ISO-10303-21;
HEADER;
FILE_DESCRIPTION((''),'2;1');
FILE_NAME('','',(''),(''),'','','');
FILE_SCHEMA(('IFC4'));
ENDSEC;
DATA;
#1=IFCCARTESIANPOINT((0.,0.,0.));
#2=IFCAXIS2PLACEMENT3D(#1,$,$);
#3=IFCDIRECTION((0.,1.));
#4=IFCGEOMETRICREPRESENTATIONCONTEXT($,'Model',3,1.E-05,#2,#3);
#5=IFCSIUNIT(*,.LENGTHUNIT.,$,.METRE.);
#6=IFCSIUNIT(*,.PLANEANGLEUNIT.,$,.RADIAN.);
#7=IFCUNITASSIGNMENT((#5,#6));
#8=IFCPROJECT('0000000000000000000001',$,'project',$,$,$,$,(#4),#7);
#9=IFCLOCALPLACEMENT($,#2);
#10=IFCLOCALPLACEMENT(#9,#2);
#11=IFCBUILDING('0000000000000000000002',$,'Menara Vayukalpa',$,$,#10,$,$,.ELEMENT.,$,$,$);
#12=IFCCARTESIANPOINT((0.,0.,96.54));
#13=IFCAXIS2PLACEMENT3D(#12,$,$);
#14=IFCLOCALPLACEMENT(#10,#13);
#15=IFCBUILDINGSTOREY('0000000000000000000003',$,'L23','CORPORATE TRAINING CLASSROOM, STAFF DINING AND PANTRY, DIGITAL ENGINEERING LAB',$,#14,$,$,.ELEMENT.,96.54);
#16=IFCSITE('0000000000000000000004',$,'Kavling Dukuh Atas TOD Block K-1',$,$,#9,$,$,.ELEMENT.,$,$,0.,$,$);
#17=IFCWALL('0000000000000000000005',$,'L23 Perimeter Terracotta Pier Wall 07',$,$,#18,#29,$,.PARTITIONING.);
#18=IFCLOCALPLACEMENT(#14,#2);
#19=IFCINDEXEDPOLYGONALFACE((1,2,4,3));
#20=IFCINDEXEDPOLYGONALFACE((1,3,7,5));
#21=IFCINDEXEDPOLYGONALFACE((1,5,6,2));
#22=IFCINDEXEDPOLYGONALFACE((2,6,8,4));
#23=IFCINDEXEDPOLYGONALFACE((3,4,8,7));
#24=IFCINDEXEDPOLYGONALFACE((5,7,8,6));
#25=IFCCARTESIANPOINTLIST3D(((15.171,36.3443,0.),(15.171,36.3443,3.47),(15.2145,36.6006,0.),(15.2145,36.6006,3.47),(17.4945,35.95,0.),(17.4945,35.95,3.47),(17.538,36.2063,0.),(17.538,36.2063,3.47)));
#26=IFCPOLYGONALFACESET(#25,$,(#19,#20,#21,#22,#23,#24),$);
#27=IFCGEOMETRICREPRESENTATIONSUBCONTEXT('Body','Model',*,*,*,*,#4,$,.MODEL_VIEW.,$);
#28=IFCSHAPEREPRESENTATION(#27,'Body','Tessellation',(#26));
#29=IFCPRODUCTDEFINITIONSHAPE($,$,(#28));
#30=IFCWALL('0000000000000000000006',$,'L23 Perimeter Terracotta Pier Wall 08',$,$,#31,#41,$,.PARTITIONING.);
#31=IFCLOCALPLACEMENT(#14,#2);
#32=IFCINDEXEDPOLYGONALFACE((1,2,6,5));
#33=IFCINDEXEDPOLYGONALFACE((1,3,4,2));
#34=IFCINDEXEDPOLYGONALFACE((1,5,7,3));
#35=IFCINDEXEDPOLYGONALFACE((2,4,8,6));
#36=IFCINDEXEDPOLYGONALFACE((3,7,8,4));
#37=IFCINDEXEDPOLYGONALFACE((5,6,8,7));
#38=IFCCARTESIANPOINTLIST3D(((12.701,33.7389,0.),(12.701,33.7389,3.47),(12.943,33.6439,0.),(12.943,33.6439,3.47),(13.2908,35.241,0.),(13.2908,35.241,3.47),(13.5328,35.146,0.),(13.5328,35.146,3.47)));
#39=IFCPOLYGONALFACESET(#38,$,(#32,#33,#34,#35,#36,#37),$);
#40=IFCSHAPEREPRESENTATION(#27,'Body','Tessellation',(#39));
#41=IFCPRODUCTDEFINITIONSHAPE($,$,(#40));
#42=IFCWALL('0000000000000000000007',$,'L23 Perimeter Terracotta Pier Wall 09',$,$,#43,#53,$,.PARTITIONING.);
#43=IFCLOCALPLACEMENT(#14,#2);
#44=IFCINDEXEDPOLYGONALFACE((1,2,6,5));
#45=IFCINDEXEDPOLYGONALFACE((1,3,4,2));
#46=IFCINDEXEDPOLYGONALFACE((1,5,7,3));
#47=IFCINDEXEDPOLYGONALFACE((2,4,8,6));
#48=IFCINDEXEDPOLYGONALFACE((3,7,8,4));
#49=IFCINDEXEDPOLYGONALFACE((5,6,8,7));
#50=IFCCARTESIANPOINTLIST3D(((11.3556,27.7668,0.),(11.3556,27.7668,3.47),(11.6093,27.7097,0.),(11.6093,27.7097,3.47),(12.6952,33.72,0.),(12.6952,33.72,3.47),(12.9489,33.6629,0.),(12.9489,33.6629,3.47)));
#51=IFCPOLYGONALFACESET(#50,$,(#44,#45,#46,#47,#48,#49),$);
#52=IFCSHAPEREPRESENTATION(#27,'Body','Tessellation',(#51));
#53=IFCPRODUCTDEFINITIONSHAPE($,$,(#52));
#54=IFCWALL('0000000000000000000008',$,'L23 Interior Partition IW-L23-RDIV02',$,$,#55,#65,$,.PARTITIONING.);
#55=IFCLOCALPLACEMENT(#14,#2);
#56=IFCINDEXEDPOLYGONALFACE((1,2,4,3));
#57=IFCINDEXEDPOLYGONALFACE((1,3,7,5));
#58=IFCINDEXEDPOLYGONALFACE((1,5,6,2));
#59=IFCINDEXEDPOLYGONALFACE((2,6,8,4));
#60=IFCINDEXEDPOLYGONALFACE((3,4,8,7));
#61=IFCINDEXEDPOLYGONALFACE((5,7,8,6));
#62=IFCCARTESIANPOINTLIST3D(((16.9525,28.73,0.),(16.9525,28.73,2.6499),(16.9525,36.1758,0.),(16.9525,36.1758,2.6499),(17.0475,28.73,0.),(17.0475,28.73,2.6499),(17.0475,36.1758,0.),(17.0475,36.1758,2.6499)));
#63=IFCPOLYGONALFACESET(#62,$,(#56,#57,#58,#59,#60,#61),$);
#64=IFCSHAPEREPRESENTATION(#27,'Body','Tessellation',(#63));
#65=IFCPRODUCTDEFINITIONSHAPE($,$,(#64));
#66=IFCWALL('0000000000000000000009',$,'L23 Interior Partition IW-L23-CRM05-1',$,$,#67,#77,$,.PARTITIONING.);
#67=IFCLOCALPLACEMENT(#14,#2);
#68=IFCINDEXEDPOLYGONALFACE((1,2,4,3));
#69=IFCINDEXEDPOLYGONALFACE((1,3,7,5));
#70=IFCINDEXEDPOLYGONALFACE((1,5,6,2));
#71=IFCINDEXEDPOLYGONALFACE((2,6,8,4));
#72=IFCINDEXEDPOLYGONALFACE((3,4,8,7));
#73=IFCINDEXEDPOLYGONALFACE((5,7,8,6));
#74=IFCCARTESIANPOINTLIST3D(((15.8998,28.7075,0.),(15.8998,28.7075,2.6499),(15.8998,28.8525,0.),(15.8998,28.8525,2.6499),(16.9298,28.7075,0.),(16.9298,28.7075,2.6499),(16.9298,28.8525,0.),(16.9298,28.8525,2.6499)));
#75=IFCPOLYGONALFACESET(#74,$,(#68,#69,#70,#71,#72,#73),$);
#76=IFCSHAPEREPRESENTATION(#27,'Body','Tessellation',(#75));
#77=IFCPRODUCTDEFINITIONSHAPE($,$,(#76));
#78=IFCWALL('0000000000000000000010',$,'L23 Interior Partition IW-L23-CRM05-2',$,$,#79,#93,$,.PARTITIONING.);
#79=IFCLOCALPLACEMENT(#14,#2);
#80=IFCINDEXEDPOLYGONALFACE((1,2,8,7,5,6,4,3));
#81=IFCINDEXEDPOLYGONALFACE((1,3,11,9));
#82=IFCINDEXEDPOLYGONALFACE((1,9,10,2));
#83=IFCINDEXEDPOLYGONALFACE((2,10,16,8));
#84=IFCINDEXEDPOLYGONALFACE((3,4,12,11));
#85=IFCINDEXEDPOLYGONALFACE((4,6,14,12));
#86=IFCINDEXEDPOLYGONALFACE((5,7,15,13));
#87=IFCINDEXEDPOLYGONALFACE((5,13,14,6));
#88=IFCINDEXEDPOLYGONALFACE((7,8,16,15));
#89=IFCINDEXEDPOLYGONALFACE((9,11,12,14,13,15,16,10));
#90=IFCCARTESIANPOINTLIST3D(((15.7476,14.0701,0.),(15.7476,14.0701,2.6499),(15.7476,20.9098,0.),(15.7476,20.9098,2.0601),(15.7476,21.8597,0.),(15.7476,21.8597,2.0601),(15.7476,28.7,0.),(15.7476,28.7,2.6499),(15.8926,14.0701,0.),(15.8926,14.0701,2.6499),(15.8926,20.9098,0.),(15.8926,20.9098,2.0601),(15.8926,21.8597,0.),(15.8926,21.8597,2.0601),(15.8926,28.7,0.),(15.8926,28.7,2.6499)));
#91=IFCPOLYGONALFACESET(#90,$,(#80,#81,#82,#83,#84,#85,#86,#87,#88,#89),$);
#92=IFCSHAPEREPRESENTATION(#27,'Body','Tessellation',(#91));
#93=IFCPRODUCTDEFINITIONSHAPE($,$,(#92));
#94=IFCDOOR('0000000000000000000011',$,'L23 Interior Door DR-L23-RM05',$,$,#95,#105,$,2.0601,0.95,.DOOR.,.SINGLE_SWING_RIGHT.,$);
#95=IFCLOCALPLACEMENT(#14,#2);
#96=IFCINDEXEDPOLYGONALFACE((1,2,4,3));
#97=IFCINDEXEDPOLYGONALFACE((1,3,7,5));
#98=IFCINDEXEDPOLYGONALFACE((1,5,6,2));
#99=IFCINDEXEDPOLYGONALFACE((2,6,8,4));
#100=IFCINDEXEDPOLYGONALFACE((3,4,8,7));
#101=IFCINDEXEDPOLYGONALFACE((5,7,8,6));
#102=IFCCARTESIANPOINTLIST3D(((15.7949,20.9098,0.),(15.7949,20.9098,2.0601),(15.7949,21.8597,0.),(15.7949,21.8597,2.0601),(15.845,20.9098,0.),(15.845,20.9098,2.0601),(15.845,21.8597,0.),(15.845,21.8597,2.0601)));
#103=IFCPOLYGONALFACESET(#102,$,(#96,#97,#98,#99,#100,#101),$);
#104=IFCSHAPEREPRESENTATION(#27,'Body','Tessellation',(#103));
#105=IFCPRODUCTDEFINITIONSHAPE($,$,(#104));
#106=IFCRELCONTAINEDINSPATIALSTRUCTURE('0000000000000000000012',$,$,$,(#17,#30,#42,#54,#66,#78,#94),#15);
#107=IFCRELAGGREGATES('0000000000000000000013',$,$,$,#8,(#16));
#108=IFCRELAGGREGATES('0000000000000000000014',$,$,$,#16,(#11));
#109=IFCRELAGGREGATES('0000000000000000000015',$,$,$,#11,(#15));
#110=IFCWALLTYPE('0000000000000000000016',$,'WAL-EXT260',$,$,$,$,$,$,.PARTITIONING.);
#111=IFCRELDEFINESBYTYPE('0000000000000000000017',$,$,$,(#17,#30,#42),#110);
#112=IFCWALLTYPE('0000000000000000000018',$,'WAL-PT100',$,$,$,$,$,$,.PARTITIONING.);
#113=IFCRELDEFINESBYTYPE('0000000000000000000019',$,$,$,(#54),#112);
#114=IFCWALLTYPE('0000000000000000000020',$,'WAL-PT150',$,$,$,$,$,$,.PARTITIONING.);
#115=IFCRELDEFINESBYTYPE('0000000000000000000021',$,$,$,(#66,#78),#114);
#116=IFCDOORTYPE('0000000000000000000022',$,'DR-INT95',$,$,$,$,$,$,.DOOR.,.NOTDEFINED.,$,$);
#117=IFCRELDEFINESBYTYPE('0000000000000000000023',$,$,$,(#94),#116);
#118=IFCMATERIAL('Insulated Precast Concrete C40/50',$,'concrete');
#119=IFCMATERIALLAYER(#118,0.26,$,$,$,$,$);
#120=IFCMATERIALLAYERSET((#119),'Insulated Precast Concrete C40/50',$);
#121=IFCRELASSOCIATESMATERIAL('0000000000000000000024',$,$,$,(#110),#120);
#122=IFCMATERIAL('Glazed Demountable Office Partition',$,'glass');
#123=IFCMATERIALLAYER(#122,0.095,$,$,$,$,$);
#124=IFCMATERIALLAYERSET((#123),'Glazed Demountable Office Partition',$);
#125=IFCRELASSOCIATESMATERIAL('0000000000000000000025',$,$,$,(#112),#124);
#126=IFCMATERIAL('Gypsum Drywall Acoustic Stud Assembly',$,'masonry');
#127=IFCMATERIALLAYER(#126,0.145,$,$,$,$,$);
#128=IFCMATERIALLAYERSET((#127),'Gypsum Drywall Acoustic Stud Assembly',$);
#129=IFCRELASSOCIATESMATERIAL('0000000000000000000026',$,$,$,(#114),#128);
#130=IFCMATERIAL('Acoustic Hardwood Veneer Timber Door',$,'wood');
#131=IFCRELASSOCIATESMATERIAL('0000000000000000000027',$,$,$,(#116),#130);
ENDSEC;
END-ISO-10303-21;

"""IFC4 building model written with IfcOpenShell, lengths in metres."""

from ifc_helpers import new_model, si_unit, direction, frame, frame_2d, origin, place, context, subcontext, project, spatial, rectangle, extrude, material, layer, layer_set, type_object, element, fill, save


model = new_model("IFC4")

# Units and contexts
model_context = context("Model", 3, precision=1e-05, world=origin(), true_north=direction((0.0, 1.0)))
body_context = subcontext(model_context, "Body", "Model", "MODEL_VIEW")
ifc_project = project(units=[si_unit("LENGTHUNIT", "METRE"), si_unit("PLANEANGLEUNIT", "RADIAN")], contexts=[model_context])

# Site, building, storey
site_placement = place(None, origin())
site = spatial("IfcSite", under=ifc_project, at=site_placement, Name="Kavling Dukuh Atas TOD Block K-1", CompositionType="ELEMENT", RefElevation=0.0)
building_placement = place(site_placement, origin())
building = spatial("IfcBuilding", under=site, at=building_placement, Name="Menara Vayukalpa", CompositionType="ELEMENT")
storey_placement = place(building_placement, frame((0.0, 0.0, 96.54)))
storey = spatial("IfcBuildingStorey", under=building, at=storey_placement, Name="L23", Description="CORPORATE TRAINING CLASSROOM, STAFF DINING AND PANTRY, DIGITAL ENGINEERING LAB", CompositionType="ELEMENT", Elevation=96.54)

# Walls
ifc_material_1 = material(Name="Insulated Precast Concrete C40/50", Category="concrete")
ifc_layer_1 = layer(ifc_material_1, 0.26)
ifc_layer_set_1 = layer_set([ifc_layer_1], Name="Insulated Precast Concrete C40/50")
wall_type_1 = type_object("IfcWallType", Name="WAL-EXT260", PredefinedType="PARTITIONING", material=ifc_layer_set_1)
wall_1_placement = place(storey_placement, frame((15.1929, 36.4724, 0.0), z_axis=(0.0, 0.0, 1.0), x_axis=(0.985905, -0.167305, 0.0)))
element("IfcWall", 1, at=wall_1_placement, inside=storey, type_object=wall_type_1, Name="L23 Perimeter Terracotta Pier Wall 07", PredefinedType="PARTITIONING", context=body_context, shape_type="SweptSolid", body=[
    extrude(rectangle(XDim=2.3567, YDim=0.26, at=frame_2d((1.1782, 0.0))), origin(), (0.0, 0.0, 1.0), 3.47),
])
wall_2_placement = place(storey_placement, frame((12.822, 33.6914, 0.0), z_axis=(0.0, 0.0, 1.0), x_axis=(0.365489, 0.930816, 0.0)))
element("IfcWall", 2, at=wall_2_placement, inside=storey, type_object=wall_type_1, Name="L23 Perimeter Terracotta Pier Wall 08", PredefinedType="PARTITIONING", context=body_context, shape_type="SweptSolid", body=[
    extrude(rectangle(XDim=1.6138, YDim=0.26, at=frame_2d((0.8069, 0.0))), origin(), (0.0, 0.0, 1.0), 3.47),
])
wall_3_placement = place(storey_placement, frame((11.4824, 27.7383, 0.0), z_axis=(0.0, 0.0, 1.0), x_axis=(0.219535, 0.975605, 0.0)))
element("IfcWall", 3, at=wall_3_placement, inside=storey, type_object=wall_type_1, Name="L23 Perimeter Terracotta Pier Wall 09", PredefinedType="PARTITIONING", context=body_context, shape_type="SweptSolid", body=[
    extrude(rectangle(XDim=6.1021, YDim=0.26, at=frame_2d((3.051, 0.0))), origin(), (0.0, 0.0, 1.0), 3.47),
])
ifc_material_2 = material(Name="Glazed Demountable Office Partition", Category="glass")
ifc_layer_2 = layer(ifc_material_2, 0.095)
ifc_layer_set_2 = layer_set([ifc_layer_2], Name="Glazed Demountable Office Partition")
wall_type_2 = type_object("IfcWallType", Name="WAL-PT100", PredefinedType="PARTITIONING", material=ifc_layer_set_2)
wall_4_placement = place(storey_placement, frame((17.0, 28.73, 0.0), z_axis=(0.0, 0.0, 1.0), x_axis=(0.0, 1.0, 0.0)))
element("IfcWall", 4, at=wall_4_placement, inside=storey, type_object=wall_type_2, Name="L23 Interior Partition IW-L23-RDIV02", PredefinedType="PARTITIONING", context=body_context, shape_type="SweptSolid", body=[
    extrude(rectangle(XDim=7.4458, YDim=0.095, at=frame_2d((3.7229, 0.0))), origin(), (0.0, 0.0, 1.0), 2.6499),
])
ifc_material_3 = material(Name="Gypsum Drywall Acoustic Stud Assembly", Category="masonry")
ifc_layer_3 = layer(ifc_material_3, 0.145)
ifc_layer_set_3 = layer_set([ifc_layer_3], Name="Gypsum Drywall Acoustic Stud Assembly")
wall_type_3 = type_object("IfcWallType", Name="WAL-PT150", PredefinedType="PARTITIONING", material=ifc_layer_set_3)
wall_5_placement = place(storey_placement, frame((16.9299, 28.78, 0.0), z_axis=(0.0, 0.0, 1.0), x_axis=(-1.0, 0.0, 0.0)))
element("IfcWall", 5, at=wall_5_placement, inside=storey, type_object=wall_type_3, Name="L23 Interior Partition IW-L23-CRM05-1", PredefinedType="PARTITIONING", context=body_context, shape_type="SweptSolid", body=[
    extrude(rectangle(XDim=1.03, YDim=0.145, at=frame_2d((0.5151, 0.0))), origin(), (0.0, 0.0, 1.0), 2.6499),
])

# Wall, opening, door
wall_6_placement = place(storey_placement, frame((15.8201, 28.7, 0.0), z_axis=(0.0, 0.0, 1.0), x_axis=(0.0, -1.0, 0.0)))
wall_6 = element("IfcWall", 6, at=wall_6_placement, inside=storey, type_object=wall_type_3, Name="L23 Interior Partition IW-L23-CRM05-2", PredefinedType="PARTITIONING", context=body_context, shape_type="SweptSolid", body=[
    extrude(rectangle(XDim=14.6299, YDim=0.145, at=frame_2d((7.3149, 0.0))), origin(), (0.0, 0.0, 1.0), 2.6499),
])
opening_placement = place(wall_6_placement, frame((6.8401, 0.0, 0.0)))
opening = element("IfcOpeningElement", 7, at=opening_placement, cuts=wall_6, PredefinedType="OPENING", context=body_context, shape_type="SweptSolid", body=[
    extrude(rectangle(XDim=0.95, YDim=2.0601, at=frame_2d((0.4751, 1.03))), frame((0.0, 0.0825, 0.0), z_axis=(0.0, -1.0, 0.0), x_axis=(1.0, 0.0, 0.0)), (0.0, 0.0, 1.0), 0.165),
])
ifc_material_4 = material(Name="Acoustic Hardwood Veneer Timber Door", Category="wood")
door_type = type_object("IfcDoorType", Name="DR-INT95", OperationType="NOTDEFINED", PredefinedType="DOOR", material=ifc_material_4)
door_placement = place(opening_placement, origin())
door = element("IfcDoor", 8, at=door_placement, inside=storey, type_object=door_type, Name="L23 Interior Door DR-L23-RM05", OperationType="SINGLE_SWING_RIGHT", OverallHeight=2.0601, OverallWidth=0.95, PredefinedType="DOOR", context=body_context, shape_type="SweptSolid", body=[
    extrude(rectangle(XDim=0.95, YDim=2.0601, at=frame_2d((0.4751, 1.03))), frame((0.0, 0.0249, 0.0), z_axis=(0.0, -1.0, 0.0), x_axis=(1.0, 0.0, 0.0)), (0.0, 0.0, 1.0), 0.05),
])
fill(opening, door)

save(model, "model.ifc")
